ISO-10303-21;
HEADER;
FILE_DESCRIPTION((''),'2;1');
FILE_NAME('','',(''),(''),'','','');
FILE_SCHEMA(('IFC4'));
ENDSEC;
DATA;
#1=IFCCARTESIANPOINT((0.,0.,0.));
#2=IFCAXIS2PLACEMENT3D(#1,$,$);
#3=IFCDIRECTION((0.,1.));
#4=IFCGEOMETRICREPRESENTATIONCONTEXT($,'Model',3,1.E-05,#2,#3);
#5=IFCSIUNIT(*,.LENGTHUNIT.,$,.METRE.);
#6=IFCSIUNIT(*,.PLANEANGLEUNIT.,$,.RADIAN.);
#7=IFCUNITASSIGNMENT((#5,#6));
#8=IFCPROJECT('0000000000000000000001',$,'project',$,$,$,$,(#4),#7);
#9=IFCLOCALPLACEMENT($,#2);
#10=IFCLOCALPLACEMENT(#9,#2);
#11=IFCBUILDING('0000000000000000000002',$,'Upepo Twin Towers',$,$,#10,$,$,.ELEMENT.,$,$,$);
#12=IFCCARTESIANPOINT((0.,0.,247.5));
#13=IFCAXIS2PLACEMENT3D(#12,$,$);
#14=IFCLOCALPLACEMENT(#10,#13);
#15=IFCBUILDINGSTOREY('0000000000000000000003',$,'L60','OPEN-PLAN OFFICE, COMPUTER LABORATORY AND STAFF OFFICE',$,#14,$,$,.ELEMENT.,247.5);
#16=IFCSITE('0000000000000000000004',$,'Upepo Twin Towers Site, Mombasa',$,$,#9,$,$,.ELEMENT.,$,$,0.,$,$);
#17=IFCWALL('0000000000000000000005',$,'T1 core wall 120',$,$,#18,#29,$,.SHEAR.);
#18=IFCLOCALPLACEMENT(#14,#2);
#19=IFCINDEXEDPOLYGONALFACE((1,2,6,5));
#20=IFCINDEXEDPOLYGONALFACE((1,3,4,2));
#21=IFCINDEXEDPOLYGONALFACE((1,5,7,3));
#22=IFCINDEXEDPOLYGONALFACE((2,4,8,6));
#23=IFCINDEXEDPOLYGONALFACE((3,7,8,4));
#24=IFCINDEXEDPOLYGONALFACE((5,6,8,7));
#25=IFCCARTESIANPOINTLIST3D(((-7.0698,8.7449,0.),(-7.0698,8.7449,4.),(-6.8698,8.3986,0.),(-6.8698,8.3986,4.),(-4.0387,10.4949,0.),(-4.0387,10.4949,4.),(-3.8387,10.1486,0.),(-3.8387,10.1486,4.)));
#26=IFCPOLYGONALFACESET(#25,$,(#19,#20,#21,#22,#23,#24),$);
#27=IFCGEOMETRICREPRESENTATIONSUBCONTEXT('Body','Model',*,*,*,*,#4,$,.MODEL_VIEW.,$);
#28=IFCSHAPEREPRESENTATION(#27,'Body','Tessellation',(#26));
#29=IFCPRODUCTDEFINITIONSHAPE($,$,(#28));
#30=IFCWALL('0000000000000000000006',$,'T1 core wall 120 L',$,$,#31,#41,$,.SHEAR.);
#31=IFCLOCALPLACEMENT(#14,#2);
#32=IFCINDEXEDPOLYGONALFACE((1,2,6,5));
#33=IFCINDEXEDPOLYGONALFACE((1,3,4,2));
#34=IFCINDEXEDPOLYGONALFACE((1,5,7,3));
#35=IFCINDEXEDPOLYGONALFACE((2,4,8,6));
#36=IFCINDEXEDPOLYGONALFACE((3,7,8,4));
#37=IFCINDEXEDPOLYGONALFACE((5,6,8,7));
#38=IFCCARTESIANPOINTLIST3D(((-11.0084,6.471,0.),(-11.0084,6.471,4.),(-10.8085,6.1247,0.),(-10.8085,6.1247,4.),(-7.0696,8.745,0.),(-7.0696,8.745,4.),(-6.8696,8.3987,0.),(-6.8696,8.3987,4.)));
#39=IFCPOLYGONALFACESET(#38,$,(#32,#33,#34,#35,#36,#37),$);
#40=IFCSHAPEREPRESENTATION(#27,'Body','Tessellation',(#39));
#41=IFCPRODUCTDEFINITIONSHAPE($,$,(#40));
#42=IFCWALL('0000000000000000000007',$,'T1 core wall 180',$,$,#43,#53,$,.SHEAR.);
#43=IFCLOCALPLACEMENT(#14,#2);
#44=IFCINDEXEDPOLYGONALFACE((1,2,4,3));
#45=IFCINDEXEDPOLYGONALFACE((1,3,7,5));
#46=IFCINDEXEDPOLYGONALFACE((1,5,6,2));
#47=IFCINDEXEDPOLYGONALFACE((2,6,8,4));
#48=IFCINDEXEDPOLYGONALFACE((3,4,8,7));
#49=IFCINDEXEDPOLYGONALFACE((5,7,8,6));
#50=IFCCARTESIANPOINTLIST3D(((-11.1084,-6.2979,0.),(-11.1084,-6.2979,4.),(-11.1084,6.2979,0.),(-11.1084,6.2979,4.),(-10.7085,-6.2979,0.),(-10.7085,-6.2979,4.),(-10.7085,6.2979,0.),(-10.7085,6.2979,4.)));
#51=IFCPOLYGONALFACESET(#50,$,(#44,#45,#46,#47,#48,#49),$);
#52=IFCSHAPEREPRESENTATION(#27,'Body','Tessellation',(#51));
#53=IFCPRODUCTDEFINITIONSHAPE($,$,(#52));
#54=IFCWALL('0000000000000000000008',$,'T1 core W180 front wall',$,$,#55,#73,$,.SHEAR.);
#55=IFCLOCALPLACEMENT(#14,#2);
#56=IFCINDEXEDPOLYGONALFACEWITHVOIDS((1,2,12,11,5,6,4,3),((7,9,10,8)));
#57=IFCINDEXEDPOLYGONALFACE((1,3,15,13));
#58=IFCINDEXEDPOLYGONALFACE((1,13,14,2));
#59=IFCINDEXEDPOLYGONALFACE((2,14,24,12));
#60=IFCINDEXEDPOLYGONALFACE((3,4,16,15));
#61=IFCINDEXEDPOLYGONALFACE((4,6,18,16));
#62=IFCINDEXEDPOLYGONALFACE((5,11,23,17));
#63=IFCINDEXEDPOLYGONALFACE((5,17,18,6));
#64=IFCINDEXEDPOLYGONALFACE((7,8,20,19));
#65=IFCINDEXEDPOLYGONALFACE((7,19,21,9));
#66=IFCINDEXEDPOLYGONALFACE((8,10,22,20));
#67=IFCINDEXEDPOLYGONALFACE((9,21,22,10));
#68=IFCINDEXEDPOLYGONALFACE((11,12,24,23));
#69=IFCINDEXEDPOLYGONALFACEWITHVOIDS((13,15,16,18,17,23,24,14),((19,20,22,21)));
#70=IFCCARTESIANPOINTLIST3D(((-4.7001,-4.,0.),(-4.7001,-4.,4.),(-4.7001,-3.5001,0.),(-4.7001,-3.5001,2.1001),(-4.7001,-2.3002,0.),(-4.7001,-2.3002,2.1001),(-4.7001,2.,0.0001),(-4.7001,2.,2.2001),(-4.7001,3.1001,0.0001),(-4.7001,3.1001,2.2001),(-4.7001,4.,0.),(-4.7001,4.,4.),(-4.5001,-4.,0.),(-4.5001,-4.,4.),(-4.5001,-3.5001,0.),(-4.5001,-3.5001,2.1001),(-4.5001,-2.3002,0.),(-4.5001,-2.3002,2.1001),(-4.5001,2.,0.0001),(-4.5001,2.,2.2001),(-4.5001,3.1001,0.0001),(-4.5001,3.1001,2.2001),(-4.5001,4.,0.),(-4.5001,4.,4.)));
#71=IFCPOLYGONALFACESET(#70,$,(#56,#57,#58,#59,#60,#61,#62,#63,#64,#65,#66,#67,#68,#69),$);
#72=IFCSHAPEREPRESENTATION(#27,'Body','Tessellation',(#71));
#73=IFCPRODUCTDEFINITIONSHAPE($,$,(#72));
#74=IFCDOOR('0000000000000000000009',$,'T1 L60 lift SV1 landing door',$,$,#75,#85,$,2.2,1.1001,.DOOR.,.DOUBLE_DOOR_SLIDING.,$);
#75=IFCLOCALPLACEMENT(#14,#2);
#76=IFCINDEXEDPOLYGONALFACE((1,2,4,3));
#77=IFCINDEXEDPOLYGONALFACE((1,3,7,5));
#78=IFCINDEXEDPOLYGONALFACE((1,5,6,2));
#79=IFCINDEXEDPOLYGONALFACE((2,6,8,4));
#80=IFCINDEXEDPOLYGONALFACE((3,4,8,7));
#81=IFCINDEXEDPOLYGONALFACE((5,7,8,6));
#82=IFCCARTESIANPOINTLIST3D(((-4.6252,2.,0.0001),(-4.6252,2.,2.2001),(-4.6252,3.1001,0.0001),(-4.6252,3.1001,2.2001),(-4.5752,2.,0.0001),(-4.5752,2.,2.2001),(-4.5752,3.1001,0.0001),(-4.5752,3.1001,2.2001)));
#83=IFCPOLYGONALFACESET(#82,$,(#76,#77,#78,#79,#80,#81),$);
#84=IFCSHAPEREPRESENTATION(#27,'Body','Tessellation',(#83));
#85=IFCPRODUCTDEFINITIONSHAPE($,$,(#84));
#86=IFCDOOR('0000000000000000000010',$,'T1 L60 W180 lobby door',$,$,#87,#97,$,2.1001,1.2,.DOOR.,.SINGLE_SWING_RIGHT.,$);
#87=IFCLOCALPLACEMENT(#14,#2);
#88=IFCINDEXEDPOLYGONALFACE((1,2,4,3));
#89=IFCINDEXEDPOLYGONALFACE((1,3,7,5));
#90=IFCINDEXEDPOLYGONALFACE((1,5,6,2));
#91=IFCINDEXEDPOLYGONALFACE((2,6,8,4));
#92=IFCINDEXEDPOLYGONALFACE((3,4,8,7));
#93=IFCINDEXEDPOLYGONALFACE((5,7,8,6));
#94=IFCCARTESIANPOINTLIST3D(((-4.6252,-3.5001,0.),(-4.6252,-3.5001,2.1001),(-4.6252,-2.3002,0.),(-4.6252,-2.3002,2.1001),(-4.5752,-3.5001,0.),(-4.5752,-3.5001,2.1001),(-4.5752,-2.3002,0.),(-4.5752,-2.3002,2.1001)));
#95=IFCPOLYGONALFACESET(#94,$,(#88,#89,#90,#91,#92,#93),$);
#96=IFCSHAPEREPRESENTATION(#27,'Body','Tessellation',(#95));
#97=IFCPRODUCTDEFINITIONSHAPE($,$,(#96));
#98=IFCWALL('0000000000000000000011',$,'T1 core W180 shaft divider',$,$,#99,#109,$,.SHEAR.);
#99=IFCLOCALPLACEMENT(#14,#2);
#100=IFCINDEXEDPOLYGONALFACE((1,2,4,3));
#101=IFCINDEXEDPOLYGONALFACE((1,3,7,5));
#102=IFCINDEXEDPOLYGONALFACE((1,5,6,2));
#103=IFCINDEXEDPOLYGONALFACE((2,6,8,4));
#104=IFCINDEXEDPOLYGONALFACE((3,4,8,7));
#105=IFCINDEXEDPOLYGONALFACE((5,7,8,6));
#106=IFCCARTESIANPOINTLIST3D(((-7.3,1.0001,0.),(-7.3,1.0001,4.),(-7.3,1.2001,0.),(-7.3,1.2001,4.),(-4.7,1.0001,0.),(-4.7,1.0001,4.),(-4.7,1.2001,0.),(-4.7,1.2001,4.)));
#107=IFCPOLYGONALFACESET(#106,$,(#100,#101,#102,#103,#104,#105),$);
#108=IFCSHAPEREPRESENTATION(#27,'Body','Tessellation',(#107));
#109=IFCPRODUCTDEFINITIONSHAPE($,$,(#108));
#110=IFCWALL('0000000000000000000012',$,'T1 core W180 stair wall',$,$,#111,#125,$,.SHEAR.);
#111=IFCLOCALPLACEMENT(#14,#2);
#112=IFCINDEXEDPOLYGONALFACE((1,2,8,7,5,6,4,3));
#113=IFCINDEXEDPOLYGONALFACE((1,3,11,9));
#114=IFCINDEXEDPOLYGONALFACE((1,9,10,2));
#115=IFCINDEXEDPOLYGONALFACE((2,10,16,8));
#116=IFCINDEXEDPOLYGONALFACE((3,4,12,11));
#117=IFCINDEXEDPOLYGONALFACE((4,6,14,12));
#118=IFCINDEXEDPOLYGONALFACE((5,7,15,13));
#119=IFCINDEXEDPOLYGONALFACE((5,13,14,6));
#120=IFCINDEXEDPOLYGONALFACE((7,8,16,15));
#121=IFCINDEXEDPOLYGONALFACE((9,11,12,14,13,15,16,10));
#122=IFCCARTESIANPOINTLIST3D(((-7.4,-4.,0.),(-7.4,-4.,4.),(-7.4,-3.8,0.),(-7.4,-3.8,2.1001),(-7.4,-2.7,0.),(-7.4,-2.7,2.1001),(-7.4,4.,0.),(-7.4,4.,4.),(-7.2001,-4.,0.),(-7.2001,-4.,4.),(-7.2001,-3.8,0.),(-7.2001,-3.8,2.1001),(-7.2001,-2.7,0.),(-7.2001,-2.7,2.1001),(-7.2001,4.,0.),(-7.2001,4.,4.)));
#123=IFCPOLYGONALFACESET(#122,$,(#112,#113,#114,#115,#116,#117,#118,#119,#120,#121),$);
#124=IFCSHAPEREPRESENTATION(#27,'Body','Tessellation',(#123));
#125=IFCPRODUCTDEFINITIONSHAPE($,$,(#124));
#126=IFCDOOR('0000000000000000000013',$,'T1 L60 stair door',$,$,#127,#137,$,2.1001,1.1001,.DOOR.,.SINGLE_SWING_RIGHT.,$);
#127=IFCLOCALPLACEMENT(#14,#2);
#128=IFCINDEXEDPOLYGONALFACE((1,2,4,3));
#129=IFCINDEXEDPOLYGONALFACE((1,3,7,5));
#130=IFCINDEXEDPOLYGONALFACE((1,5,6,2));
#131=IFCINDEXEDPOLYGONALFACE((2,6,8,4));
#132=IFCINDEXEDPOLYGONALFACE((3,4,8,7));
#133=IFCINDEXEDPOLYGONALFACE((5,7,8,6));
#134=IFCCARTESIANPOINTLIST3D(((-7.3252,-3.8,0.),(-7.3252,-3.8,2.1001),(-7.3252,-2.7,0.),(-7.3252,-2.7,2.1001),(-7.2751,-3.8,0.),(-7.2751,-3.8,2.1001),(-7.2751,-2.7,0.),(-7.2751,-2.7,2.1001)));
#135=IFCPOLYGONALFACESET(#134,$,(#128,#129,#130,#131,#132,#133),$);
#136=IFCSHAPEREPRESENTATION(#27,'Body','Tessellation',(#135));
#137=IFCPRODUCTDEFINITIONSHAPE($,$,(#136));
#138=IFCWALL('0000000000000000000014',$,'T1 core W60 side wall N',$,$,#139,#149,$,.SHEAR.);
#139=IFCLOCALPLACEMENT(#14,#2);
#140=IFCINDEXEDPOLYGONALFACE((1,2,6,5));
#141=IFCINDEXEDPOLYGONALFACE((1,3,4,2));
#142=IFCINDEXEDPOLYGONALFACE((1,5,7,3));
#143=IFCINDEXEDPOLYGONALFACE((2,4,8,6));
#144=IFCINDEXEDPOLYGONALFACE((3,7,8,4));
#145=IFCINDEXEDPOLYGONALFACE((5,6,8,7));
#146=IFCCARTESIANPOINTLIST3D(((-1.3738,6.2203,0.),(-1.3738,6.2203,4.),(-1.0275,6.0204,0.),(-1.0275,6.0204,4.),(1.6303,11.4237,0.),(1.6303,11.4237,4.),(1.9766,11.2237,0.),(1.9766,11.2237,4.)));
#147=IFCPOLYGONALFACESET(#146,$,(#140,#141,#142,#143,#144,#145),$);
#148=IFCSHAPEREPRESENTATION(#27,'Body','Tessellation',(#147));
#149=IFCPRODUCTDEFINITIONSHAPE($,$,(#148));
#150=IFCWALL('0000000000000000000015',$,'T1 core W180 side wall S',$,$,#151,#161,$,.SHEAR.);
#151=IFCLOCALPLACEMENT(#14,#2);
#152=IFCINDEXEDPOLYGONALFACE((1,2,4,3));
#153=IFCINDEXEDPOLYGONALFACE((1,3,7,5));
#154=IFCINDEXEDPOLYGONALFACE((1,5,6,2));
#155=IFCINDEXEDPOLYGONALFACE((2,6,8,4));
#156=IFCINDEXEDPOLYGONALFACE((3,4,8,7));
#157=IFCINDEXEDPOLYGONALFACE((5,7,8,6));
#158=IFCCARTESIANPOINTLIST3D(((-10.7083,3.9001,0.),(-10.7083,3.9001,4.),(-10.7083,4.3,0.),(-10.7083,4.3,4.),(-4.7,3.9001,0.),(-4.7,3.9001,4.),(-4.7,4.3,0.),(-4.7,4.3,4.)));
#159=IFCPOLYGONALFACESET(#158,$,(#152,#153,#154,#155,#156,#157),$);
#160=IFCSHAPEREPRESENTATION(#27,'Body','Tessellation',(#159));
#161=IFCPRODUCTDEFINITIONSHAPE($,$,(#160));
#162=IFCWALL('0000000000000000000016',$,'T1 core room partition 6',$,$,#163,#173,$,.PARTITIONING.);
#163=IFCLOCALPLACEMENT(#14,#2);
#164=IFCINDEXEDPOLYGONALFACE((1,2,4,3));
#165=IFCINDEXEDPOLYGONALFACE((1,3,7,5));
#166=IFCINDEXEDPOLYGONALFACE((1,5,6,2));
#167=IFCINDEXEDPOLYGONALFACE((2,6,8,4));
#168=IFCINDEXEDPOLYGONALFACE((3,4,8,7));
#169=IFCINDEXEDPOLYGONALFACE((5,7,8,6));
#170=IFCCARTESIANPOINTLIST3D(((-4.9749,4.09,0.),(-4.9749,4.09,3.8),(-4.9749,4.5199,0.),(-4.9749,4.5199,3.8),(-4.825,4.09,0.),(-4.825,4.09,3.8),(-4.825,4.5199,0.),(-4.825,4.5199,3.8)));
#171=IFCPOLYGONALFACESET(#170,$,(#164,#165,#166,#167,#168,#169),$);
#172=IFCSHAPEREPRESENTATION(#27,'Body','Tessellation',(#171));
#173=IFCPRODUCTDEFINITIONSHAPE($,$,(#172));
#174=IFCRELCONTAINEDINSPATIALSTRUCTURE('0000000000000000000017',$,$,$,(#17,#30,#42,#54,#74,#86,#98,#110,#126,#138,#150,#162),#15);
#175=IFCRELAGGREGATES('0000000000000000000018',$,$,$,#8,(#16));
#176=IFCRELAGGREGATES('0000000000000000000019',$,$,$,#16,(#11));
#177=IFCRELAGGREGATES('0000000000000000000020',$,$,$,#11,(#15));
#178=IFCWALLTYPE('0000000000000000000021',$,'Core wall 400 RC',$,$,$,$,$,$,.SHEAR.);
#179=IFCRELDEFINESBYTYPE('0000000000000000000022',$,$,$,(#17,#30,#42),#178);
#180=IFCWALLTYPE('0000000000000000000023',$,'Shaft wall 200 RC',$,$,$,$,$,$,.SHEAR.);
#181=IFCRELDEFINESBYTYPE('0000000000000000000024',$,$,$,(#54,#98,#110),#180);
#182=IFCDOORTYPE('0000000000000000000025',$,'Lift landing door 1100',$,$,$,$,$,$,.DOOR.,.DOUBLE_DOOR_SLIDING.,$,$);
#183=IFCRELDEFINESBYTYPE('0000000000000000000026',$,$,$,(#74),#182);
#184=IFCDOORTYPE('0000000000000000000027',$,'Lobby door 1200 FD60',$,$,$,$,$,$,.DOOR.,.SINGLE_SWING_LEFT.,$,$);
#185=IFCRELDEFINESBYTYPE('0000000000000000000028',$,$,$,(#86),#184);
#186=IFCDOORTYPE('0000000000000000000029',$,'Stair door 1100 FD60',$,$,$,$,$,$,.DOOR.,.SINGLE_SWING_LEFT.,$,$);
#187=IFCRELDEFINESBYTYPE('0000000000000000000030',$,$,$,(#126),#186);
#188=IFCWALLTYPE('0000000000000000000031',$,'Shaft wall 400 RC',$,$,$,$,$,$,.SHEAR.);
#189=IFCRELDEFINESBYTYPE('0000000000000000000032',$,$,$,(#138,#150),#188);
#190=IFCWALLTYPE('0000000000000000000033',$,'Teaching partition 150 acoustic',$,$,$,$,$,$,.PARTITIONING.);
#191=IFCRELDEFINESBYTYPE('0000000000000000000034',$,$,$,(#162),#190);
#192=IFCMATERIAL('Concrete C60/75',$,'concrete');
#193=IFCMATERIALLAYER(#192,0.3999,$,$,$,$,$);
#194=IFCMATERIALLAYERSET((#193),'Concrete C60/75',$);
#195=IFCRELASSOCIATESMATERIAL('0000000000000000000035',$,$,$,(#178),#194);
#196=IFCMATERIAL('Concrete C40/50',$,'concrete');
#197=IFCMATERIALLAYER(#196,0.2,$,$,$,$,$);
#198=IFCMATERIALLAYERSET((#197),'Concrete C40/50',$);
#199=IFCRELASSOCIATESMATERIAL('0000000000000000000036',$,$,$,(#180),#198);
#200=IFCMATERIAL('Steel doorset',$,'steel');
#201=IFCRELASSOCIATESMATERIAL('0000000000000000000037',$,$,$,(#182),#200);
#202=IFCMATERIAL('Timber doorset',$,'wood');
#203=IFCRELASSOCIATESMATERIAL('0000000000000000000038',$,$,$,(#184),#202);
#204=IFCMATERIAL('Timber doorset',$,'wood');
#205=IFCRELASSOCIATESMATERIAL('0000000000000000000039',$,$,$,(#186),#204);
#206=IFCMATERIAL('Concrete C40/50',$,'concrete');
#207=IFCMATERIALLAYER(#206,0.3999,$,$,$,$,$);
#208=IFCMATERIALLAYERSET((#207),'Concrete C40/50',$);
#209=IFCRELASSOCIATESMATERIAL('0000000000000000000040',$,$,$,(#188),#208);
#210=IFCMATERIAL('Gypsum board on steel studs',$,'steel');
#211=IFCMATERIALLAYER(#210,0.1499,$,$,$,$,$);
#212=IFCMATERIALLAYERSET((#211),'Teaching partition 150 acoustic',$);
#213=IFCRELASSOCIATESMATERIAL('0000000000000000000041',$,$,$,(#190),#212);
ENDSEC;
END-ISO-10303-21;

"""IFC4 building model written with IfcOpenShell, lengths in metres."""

from ifc_helpers import new_model, si_unit, direction, frame, frame_2d, origin, place, context, subcontext, project, spatial, rectangle, extrude, material, layer, layer_set, type_object, element, fill, save


model = new_model("IFC4")

# Units and contexts
model_context = context("Model", 3, precision=1e-05, world=origin(), true_north=direction((0.0, 1.0)))
body_context = subcontext(model_context, "Body", "Model", "MODEL_VIEW")
ifc_project = project(units=[si_unit("LENGTHUNIT", "METRE"), si_unit("PLANEANGLEUNIT", "RADIAN")], contexts=[model_context])

# Site, building, storey
site_placement = place(None, origin())
site = spatial("IfcSite", under=ifc_project, at=site_placement, Name="Upepo Twin Towers Site, Mombasa", CompositionType="ELEMENT", RefElevation=0.0)
building_placement = place(site_placement, origin())
building = spatial("IfcBuilding", under=site, at=building_placement, Name="Upepo Twin Towers", CompositionType="ELEMENT")
storey_placement = place(building_placement, frame((0.0, 0.0, 247.5)))
storey = spatial("IfcBuildingStorey", under=building, at=storey_placement, Name="L60", Description="OPEN-PLAN OFFICE, COMPUTER LABORATORY AND STAFF OFFICE", CompositionType="ELEMENT", Elevation=247.5)

# Walls
ifc_material_1 = material(Name="Concrete C60/75", Category="concrete")
ifc_layer_1 = layer(ifc_material_1, 0.3999)
ifc_layer_set_1 = layer_set([ifc_layer_1], Name="Concrete C60/75")
wall_type_1 = type_object("IfcWallType", Name="Core wall 400 RC", PredefinedType="SHEAR", material=ifc_layer_set_1)
wall_1_placement = place(storey_placement, frame((-3.9387, 10.3218, 0.0), z_axis=(0.0, 0.0, 1.0), x_axis=(-0.866019, -0.50001, 0.0)))
element("IfcWall", 1, at=wall_1_placement, inside=storey, type_object=wall_type_1, Name="T1 core wall 120", PredefinedType="SHEAR", context=body_context, shape_type="SweptSolid", body=[
    extrude(rectangle(XDim=3.5, YDim=0.3999, at=frame_2d((1.75, 0.0))), origin(), (0.0, 0.0, 1.0), 4.0),
])
wall_2_placement = place(storey_placement, frame((-6.9697, 8.5718, 0.0), z_axis=(0.0, 0.0, 1.0), x_axis=(-0.866035, -0.499984, 0.0)))
element("IfcWall", 2, at=wall_2_placement, inside=storey, type_object=wall_type_1, Name="T1 core wall 120 L", PredefinedType="SHEAR", context=body_context, shape_type="SweptSolid", body=[
    extrude(rectangle(XDim=4.5481, YDim=0.3999, at=frame_2d((2.2739, 0.0))), origin(), (0.0, 0.0, 1.0), 4.0),
])
wall_3_placement = place(storey_placement, frame((-10.9084, 6.2979, 0.0), z_axis=(0.0, 0.0, 1.0), x_axis=(0.0, -1.0, 0.0)))
element("IfcWall", 3, at=wall_3_placement, inside=storey, type_object=wall_type_1, Name="T1 core wall 180", PredefinedType="SHEAR", context=body_context, shape_type="SweptSolid", body=[
    extrude(rectangle(XDim=12.5957, YDim=0.3999, at=frame_2d((6.2979, 0.0))), origin(), (0.0, 0.0, 1.0), 4.0),
])

# Wall, openings, doors
ifc_material_2 = material(Name="Concrete C40/50", Category="concrete")
ifc_layer_2 = layer(ifc_material_2, 0.2)
ifc_layer_set_2 = layer_set([ifc_layer_2], Name="Concrete C40/50")
wall_type_2 = type_object("IfcWallType", Name="Shaft wall 200 RC", PredefinedType="SHEAR", material=ifc_layer_set_2)
wall_4_placement = place(storey_placement, frame((-4.6001, 4.0, 0.0), z_axis=(0.0, 0.0, 1.0), x_axis=(0.0, -1.0, 0.0)))
wall_4 = element("IfcWall", 4, at=wall_4_placement, inside=storey, type_object=wall_type_2, Name="T1 core W180 front wall", PredefinedType="SHEAR", context=body_context, shape_type="SweptSolid", body=[
    extrude(rectangle(XDim=8.0, YDim=0.2, at=frame_2d((4.0, 0.0))), origin(), (0.0, 0.0, 1.0), 4.0),
])
opening_1_placement = place(wall_4_placement, frame((6.3, 0.0, 0.0)))
opening_1 = element("IfcOpeningElement", 5, at=opening_1_placement, cuts=wall_4, PredefinedType="OPENING", context=body_context, shape_type="SweptSolid", body=[
    extrude(rectangle(XDim=1.2, YDim=2.1001, at=frame_2d((0.6001, 1.05))), frame((0.0, 0.1099, 0.0), z_axis=(0.0, -1.0, 0.0), x_axis=(1.0, 0.0, 0.0)), (0.0, 0.0, 1.0), 0.22),
])
opening_2_placement = place(wall_4_placement, frame((0.8999, 0.0, 0.0)))
opening_2 = element("IfcOpeningElement", 6, at=opening_2_placement, cuts=wall_4, PredefinedType="OPENING", context=body_context, shape_type="SweptSolid", body=[
    extrude(rectangle(XDim=1.1001, YDim=2.2, at=frame_2d((0.55, 1.1001))), frame((0.0, 0.1099, 0.0), z_axis=(0.0, -1.0, 0.0), x_axis=(1.0, 0.0, 0.0)), (0.0, 0.0, 1.0), 0.22),
])
ifc_material_3 = material(Name="Steel doorset", Category="steel")
door_type_1 = type_object("IfcDoorType", Name="Lift landing door 1100", OperationType="DOUBLE_DOOR_SLIDING", PredefinedType="DOOR", material=ifc_material_3)
door_1_placement = place(opening_2_placement, origin())
door_1 = element("IfcDoor", 7, at=door_1_placement, inside=storey, type_object=door_type_1, Name="T1 L60 lift SV1 landing door", OperationType="DOUBLE_DOOR_SLIDING", OverallHeight=2.2, OverallWidth=1.1001, PredefinedType="DOOR", context=body_context, shape_type="SweptSolid", body=[
    extrude(rectangle(XDim=1.1001, YDim=2.2, at=frame_2d((0.55, 1.1001))), frame((0.0, 0.0249, 0.0), z_axis=(0.0, -1.0, 0.0), x_axis=(1.0, 0.0, 0.0)), (0.0, 0.0, 1.0), 0.05),
])
fill(opening_2, door_1)
ifc_material_4 = material(Name="Timber doorset", Category="wood")
door_type_2 = type_object("IfcDoorType", Name="Lobby door 1200 FD60", OperationType="SINGLE_SWING_LEFT", PredefinedType="DOOR", material=ifc_material_4)
door_2_placement = place(opening_1_placement, origin())
door_2 = element("IfcDoor", 8, at=door_2_placement, inside=storey, type_object=door_type_2, Name="T1 L60 W180 lobby door", OperationType="SINGLE_SWING_RIGHT", OverallHeight=2.1001, OverallWidth=1.2, PredefinedType="DOOR", context=body_context, shape_type="SweptSolid", body=[
    extrude(rectangle(XDim=1.2, YDim=2.1001, at=frame_2d((0.6001, 1.05))), frame((0.0, 0.0249, 0.0), z_axis=(0.0, -1.0, 0.0), x_axis=(1.0, 0.0, 0.0)), (0.0, 0.0, 1.0), 0.05),
])
fill(opening_1, door_2)

# Wall
wall_5_placement = place(storey_placement, frame((-4.7, 1.1001, 0.0), z_axis=(0.0, 0.0, 1.0), x_axis=(-1.0, 0.0, 0.0)))
element("IfcWall", 9, at=wall_5_placement, inside=storey, type_object=wall_type_2, Name="T1 core W180 shaft divider", PredefinedType="SHEAR", context=body_context, shape_type="SweptSolid", body=[
    extrude(rectangle(XDim=2.6001, YDim=0.2, at=frame_2d((1.3, 0.0))), origin(), (0.0, 0.0, 1.0), 4.0),
])

# Wall, opening, door
wall_6_placement = place(storey_placement, frame((-7.3, 4.0, 0.0), z_axis=(0.0, 0.0, 1.0), x_axis=(0.0, -1.0, 0.0)))
wall_6 = element("IfcWall", 10, at=wall_6_placement, inside=storey, type_object=wall_type_2, Name="T1 core W180 stair wall", PredefinedType="SHEAR", context=body_context, shape_type="SweptSolid", body=[
    extrude(rectangle(XDim=8.0, YDim=0.2, at=frame_2d((4.0, 0.0))), origin(), (0.0, 0.0, 1.0), 4.0),
])
opening_3_placement = place(wall_6_placement, frame((6.7, 0.0, 0.0)))
opening_3 = element("IfcOpeningElement", 11, at=opening_3_placement, cuts=wall_6, PredefinedType="OPENING", context=body_context, shape_type="SweptSolid", body=[
    extrude(rectangle(XDim=1.1001, YDim=2.1001, at=frame_2d((0.55, 1.05))), frame((0.0, 0.1099, 0.0), z_axis=(0.0, -1.0, 0.0), x_axis=(1.0, 0.0, 0.0)), (0.0, 0.0, 1.0), 0.22),
])
ifc_material_5 = material(Name="Timber doorset", Category="wood")
door_type_3 = type_object("IfcDoorType", Name="Stair door 1100 FD60", OperationType="SINGLE_SWING_LEFT", PredefinedType="DOOR", material=ifc_material_5)
door_3_placement = place(opening_3_placement, origin())
door_3 = element("IfcDoor", 12, at=door_3_placement, inside=storey, type_object=door_type_3, Name="T1 L60 stair door", OperationType="SINGLE_SWING_RIGHT", OverallHeight=2.1001, OverallWidth=1.1001, PredefinedType="DOOR", context=body_context, shape_type="SweptSolid", body=[
    extrude(rectangle(XDim=1.1001, YDim=2.1001, at=frame_2d((0.55, 1.05))), frame((0.0, 0.0249, 0.0), z_axis=(0.0, -1.0, 0.0), x_axis=(1.0, 0.0, 0.0)), (0.0, 0.0, 1.0), 0.05),
])
fill(opening_3, door_3)

# Walls
ifc_material_6 = material(Name="Concrete C40/50", Category="concrete")
ifc_layer_3 = layer(ifc_material_6, 0.3999)
ifc_layer_set_3 = layer_set([ifc_layer_3], Name="Concrete C40/50")
wall_type_3 = type_object("IfcWallType", Name="Shaft wall 400 RC", PredefinedType="SHEAR", material=ifc_layer_set_3)
for number, where, z_axis, x_axis, name in (
    (13, (-1.2007, 6.1204, 0.0), (0.0, 0.0, 1.0), (0.499998, 0.866027, 0.0), "T1 core W60 side wall N"),
    (14, (-4.7, 4.1001, 0.0), (0.0, 0.0, 1.0), (-1.0, 0.0, 0.0), "T1 core W180 side wall S"),
):
    element("IfcWall", number, at=place(storey_placement, frame(where, z_axis=z_axis, x_axis=x_axis)), inside=storey, type_object=wall_type_3, Name=name, PredefinedType="SHEAR", context=body_context, shape_type="SweptSolid", body=[
        extrude(rectangle(XDim=6.0083, YDim=0.3999, at=frame_2d((3.0042, 0.0))), origin(), (0.0, 0.0, 1.0), 4.0),
    ])
ifc_material_7 = material(Name="Gypsum board on steel studs", Category="steel")
ifc_layer_4 = layer(ifc_material_7, 0.1499)
ifc_layer_set_4 = layer_set([ifc_layer_4], Name="Teaching partition 150 acoustic")
wall_type_4 = type_object("IfcWallType", Name="Teaching partition 150 acoustic", PredefinedType="PARTITIONING", material=ifc_layer_set_4)
wall_7_placement = place(storey_placement, frame((-4.8999, 4.0901, 0.0), z_axis=(0.0, 0.0, 1.0), x_axis=(0.0, 1.0, 0.0)))
element("IfcWall", 15, at=wall_7_placement, inside=storey, type_object=wall_type_4, Name="T1 core room partition 6", PredefinedType="PARTITIONING", context=body_context, shape_type="SweptSolid", body=[
    extrude(rectangle(XDim=0.4299, YDim=0.1499, at=frame_2d((0.2148, 0.0))), origin(), (0.0, 0.0, 1.0), 3.8),
])

save(model, "model.ifc")
